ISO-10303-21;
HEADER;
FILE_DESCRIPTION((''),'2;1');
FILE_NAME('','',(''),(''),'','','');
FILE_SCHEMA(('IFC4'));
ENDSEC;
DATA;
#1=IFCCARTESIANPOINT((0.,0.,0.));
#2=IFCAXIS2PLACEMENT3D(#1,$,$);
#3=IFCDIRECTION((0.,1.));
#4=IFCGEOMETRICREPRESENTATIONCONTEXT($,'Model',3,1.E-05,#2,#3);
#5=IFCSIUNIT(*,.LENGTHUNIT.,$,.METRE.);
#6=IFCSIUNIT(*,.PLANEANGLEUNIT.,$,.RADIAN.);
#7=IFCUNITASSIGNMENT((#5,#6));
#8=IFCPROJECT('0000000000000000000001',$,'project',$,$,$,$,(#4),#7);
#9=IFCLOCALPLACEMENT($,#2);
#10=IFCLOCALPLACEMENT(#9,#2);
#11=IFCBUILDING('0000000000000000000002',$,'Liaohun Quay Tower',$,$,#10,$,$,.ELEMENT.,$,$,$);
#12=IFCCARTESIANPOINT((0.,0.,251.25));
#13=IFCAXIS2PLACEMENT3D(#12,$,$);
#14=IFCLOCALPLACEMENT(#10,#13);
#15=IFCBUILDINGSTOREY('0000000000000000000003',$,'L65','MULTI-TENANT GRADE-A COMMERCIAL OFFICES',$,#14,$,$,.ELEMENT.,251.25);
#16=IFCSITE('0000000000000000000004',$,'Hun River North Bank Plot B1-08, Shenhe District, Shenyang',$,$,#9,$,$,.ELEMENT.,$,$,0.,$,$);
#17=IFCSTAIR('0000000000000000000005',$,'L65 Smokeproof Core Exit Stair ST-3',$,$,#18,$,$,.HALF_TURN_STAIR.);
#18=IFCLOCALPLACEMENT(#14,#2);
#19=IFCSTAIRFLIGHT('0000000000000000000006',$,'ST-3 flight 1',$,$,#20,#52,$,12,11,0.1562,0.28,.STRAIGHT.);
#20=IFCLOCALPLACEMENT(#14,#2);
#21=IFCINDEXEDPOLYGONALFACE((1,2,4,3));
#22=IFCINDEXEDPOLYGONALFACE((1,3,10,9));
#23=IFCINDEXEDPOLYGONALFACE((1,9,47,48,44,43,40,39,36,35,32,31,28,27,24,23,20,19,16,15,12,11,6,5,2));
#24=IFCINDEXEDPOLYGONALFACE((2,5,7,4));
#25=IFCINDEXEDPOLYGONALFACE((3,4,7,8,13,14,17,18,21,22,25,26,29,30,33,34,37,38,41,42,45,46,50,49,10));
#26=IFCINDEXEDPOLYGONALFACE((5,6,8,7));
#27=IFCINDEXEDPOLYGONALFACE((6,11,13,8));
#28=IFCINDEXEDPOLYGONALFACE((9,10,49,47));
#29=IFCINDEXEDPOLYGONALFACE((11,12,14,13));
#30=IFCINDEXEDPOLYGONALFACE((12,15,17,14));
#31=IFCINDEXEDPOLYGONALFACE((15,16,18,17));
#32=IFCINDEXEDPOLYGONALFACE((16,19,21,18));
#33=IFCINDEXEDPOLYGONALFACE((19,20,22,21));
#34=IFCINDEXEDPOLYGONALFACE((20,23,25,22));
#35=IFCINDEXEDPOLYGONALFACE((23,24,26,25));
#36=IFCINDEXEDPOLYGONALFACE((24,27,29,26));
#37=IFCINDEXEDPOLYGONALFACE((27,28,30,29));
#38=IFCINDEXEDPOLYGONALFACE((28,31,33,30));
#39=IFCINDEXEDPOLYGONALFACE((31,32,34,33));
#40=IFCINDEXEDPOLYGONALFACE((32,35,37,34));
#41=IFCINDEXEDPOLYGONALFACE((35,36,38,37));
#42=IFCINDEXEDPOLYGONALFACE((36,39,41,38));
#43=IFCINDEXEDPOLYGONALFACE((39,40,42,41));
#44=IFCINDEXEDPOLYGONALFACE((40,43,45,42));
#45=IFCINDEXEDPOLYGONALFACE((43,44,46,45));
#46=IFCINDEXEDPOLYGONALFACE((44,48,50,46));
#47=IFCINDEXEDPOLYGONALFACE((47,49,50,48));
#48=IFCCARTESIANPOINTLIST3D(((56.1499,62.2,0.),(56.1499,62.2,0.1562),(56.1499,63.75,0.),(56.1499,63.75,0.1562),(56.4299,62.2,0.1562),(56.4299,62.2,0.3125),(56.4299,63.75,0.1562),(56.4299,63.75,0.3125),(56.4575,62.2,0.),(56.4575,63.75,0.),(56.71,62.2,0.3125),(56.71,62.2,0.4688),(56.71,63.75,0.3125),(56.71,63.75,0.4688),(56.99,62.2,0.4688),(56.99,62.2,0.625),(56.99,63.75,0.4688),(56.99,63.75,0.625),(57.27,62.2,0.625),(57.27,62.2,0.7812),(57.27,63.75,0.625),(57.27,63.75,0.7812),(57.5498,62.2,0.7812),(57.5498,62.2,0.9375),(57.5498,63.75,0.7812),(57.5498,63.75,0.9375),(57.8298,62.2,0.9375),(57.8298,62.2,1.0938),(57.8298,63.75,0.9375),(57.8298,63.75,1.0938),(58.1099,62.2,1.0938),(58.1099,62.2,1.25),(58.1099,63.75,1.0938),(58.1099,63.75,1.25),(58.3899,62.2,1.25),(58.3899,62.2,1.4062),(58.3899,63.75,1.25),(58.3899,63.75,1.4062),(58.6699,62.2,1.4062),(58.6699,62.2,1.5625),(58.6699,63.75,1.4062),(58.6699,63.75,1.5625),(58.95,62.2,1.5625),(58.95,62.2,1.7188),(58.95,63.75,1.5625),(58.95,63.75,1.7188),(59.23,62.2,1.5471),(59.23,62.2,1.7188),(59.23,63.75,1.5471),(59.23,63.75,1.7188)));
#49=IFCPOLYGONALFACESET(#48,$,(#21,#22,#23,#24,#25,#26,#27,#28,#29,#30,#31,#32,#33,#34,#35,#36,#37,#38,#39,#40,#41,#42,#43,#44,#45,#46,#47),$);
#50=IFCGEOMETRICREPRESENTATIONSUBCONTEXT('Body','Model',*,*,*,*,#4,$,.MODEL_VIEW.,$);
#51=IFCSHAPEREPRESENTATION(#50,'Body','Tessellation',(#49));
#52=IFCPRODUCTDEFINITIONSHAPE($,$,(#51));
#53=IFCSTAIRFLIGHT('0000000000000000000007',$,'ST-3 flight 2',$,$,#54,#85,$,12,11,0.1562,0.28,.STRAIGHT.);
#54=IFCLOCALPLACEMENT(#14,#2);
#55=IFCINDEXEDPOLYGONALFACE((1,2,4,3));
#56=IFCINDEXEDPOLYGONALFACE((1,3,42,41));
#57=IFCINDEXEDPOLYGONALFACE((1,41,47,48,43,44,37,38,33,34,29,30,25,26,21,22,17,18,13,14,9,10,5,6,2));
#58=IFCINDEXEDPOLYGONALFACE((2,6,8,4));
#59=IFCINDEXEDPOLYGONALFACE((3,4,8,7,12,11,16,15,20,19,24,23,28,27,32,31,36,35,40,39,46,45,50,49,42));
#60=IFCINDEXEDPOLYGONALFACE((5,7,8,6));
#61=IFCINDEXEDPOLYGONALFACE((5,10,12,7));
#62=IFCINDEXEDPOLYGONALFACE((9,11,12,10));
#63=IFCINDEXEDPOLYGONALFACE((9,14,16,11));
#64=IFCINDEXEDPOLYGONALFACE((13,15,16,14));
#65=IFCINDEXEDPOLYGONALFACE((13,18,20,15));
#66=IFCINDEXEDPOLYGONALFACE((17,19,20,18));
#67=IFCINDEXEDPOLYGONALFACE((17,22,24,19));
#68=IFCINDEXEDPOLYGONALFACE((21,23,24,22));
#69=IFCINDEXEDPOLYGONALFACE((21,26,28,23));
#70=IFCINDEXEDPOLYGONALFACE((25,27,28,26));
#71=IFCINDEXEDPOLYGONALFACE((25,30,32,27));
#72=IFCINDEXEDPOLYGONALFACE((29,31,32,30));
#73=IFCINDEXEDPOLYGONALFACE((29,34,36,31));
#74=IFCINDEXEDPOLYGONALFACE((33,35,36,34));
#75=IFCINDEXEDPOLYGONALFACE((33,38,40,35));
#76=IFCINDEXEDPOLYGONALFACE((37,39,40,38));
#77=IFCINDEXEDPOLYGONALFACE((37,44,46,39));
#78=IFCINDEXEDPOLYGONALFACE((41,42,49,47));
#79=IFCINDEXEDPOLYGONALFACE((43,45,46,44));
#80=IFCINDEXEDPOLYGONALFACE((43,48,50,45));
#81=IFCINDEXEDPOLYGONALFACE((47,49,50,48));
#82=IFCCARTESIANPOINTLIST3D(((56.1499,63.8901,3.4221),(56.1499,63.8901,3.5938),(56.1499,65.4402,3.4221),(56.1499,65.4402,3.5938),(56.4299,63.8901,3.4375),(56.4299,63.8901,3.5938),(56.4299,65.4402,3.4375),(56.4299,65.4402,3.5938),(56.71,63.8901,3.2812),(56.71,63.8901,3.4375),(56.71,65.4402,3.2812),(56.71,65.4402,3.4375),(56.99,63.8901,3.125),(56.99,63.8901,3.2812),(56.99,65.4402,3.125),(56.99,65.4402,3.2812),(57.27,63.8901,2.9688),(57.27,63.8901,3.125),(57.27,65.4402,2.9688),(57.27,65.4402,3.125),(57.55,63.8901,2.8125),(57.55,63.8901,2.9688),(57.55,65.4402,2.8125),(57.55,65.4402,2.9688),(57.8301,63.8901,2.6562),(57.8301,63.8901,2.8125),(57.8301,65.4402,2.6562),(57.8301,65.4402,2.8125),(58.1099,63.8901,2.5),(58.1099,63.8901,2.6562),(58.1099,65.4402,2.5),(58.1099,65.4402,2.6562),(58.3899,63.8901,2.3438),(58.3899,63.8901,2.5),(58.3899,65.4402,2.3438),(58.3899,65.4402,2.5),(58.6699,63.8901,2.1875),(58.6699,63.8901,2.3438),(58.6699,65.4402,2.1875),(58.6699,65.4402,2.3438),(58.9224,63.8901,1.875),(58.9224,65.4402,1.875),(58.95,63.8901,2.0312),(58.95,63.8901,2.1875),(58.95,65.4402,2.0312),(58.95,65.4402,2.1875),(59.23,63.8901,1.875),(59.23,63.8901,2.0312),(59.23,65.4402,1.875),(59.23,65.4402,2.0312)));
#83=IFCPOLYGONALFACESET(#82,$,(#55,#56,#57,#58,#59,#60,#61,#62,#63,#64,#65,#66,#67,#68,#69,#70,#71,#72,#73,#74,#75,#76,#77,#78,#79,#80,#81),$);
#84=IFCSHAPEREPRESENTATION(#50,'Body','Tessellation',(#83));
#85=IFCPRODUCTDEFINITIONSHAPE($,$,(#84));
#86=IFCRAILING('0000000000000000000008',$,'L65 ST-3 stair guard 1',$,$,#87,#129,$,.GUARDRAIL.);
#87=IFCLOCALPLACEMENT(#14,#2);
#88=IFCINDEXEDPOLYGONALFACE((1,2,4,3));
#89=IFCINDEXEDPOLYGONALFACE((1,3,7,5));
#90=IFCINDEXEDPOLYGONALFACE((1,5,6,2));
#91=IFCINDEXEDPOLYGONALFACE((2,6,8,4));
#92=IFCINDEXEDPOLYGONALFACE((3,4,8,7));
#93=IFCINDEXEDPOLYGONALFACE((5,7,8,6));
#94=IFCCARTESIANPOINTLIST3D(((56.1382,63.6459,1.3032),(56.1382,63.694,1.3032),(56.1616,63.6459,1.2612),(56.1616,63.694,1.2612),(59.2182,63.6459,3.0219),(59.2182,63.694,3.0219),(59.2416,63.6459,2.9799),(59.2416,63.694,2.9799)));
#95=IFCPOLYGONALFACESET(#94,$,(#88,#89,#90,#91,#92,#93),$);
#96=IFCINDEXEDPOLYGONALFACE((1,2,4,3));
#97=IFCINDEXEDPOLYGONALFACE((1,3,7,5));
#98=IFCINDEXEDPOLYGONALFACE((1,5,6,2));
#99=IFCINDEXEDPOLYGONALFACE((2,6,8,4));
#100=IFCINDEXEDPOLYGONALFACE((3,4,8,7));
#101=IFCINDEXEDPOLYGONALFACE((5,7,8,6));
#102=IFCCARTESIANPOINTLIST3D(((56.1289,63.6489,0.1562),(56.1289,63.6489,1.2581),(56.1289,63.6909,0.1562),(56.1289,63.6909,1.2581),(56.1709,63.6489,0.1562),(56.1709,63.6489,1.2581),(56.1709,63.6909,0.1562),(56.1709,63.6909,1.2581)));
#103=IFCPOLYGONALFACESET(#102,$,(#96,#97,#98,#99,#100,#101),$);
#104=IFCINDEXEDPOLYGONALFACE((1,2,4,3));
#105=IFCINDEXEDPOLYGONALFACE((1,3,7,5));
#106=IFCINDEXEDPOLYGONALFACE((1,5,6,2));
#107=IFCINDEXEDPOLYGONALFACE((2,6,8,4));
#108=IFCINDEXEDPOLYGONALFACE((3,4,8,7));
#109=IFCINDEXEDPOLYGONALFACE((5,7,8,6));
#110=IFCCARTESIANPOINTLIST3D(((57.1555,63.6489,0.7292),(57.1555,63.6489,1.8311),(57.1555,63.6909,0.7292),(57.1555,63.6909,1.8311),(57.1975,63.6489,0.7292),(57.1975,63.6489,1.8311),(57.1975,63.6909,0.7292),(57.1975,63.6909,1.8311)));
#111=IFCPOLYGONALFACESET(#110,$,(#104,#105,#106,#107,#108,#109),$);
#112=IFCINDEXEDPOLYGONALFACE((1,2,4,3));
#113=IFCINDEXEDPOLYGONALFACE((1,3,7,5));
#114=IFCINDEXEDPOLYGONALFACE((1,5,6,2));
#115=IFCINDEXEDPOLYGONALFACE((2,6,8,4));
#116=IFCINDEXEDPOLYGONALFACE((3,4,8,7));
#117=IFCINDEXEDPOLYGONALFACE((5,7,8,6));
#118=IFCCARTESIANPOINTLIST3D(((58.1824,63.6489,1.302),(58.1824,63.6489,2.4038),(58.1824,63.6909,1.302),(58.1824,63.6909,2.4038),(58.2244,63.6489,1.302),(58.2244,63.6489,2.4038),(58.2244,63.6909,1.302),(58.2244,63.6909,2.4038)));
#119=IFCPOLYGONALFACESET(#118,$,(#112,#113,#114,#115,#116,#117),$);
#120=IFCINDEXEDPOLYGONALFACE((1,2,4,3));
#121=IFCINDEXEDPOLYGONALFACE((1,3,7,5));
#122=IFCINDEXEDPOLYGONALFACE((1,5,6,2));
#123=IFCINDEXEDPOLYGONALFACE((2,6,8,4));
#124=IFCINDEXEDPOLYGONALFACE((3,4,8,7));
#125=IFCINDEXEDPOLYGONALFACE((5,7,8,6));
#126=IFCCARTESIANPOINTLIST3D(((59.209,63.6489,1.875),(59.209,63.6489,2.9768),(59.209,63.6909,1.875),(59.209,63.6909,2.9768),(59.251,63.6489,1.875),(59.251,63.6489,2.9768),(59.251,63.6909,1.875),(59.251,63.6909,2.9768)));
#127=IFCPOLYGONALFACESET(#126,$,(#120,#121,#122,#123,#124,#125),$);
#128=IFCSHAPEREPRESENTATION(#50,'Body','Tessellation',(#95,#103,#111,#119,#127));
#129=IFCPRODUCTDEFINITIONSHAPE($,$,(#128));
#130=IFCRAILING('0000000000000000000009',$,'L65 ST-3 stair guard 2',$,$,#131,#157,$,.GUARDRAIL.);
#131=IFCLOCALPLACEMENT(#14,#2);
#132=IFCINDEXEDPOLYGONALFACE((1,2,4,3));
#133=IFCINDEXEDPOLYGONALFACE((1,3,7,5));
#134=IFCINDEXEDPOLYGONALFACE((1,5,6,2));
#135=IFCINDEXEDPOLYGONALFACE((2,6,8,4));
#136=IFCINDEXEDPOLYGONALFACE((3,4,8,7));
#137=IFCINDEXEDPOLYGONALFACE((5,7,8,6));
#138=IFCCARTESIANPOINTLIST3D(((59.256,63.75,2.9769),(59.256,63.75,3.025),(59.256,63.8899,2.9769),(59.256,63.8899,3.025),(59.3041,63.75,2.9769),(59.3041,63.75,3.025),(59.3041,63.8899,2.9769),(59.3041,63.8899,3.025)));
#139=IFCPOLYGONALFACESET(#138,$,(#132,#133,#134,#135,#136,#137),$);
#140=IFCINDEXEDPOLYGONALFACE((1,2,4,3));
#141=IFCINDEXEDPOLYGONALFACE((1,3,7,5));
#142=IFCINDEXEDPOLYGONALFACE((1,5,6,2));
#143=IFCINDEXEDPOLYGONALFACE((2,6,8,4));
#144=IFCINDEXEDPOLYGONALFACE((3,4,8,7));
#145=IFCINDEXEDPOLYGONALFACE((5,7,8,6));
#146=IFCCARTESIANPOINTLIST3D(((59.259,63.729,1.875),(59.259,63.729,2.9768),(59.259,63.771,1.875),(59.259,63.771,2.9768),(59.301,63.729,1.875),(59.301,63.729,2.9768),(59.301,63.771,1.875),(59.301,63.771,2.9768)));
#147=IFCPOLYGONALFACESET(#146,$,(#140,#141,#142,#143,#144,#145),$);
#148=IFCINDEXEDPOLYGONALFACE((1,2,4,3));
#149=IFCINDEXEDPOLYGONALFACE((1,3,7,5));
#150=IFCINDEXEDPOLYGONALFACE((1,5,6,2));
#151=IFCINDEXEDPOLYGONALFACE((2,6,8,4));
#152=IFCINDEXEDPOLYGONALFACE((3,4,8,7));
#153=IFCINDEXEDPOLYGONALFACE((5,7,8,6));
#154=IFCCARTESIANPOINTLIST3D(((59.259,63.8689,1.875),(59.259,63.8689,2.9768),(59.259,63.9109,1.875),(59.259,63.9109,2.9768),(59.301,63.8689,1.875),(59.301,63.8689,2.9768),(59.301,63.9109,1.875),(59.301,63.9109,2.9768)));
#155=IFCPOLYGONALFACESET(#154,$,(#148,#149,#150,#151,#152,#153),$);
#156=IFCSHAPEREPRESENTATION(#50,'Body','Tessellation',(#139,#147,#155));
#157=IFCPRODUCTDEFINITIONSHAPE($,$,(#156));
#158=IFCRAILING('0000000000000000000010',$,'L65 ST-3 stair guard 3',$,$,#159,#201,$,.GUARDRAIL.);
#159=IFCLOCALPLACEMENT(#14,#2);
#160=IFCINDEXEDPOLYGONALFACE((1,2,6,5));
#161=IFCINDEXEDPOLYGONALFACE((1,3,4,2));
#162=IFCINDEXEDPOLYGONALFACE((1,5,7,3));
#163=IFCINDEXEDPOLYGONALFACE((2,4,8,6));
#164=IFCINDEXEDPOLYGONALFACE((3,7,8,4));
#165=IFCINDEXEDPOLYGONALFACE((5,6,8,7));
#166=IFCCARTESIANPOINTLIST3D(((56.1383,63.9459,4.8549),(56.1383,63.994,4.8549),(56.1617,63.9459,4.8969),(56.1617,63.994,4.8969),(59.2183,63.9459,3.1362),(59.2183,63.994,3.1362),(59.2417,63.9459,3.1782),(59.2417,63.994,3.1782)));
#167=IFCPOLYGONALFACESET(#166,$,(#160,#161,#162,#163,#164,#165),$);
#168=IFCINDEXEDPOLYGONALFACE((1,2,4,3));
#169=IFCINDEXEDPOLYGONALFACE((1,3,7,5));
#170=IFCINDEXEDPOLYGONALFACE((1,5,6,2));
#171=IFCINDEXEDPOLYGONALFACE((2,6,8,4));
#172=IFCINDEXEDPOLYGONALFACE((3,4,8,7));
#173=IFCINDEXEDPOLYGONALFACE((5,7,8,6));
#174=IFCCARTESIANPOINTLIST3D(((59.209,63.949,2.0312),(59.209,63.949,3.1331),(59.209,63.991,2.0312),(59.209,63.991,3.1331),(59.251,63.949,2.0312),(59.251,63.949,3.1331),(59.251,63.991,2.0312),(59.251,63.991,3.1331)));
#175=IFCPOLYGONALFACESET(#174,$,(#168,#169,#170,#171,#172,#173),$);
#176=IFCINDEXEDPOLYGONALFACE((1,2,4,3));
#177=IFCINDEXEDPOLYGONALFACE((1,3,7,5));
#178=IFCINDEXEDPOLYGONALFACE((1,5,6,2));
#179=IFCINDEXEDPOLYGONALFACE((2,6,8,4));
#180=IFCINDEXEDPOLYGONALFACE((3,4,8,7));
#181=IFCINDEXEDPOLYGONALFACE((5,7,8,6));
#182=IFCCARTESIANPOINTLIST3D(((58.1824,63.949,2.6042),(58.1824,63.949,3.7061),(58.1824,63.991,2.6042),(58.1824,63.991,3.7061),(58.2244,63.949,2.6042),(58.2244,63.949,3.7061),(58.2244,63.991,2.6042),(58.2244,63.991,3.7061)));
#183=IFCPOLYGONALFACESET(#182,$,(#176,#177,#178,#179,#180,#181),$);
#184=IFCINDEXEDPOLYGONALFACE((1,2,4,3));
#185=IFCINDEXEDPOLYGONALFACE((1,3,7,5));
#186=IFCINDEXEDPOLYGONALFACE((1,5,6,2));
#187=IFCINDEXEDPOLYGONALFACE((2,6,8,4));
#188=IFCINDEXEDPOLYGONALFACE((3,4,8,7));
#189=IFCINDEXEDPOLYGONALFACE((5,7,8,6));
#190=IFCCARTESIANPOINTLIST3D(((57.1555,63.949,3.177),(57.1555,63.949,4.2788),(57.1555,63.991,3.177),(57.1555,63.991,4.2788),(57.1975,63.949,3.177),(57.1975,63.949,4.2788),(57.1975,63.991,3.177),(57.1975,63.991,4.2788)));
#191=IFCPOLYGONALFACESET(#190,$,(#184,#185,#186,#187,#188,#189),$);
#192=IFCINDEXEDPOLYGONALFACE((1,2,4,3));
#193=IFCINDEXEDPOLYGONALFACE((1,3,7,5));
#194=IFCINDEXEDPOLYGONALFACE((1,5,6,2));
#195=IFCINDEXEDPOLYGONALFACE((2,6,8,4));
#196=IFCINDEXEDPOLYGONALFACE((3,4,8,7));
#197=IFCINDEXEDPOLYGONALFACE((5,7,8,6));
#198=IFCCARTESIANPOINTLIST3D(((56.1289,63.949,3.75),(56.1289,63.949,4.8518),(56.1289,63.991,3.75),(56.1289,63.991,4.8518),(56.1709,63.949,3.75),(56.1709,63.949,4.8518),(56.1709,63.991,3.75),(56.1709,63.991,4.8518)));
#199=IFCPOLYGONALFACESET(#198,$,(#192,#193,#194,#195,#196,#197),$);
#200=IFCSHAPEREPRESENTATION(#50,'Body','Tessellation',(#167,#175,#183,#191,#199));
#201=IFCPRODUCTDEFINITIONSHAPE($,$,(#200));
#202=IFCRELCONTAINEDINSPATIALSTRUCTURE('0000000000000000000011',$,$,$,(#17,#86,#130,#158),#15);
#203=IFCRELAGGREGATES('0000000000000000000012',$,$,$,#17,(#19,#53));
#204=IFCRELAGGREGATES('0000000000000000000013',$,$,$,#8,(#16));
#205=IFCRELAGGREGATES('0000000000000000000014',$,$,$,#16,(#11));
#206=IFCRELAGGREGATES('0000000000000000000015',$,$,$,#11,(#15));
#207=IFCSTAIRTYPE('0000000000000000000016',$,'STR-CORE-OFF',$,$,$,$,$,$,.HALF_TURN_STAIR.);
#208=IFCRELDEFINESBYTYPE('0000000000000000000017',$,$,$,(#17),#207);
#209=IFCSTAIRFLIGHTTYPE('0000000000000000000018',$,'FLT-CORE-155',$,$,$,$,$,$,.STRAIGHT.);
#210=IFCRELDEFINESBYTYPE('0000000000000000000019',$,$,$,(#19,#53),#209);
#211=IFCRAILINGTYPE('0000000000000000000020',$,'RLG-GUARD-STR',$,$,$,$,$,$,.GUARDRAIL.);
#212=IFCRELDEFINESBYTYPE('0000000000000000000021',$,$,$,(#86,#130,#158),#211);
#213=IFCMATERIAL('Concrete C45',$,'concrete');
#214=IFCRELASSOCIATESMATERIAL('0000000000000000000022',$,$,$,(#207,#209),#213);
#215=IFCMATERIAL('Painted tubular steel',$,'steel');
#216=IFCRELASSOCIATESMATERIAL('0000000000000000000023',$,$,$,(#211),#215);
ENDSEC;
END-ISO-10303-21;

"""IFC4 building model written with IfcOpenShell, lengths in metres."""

from ifc_helpers import new_model, si_unit, direction, frame, origin, origin_2d, place, context, subcontext, project, spatial, polyline, rectangle, outline, extrude, material, type_object, element, aggregate, save


model = new_model("IFC4")

# Units and contexts
model_context = context("Model", 3, precision=1e-05, world=origin(), true_north=direction((0.0, 1.0)))
body_context = subcontext(model_context, "Body", "Model", "MODEL_VIEW")
ifc_project = project(units=[si_unit("LENGTHUNIT", "METRE"), si_unit("PLANEANGLEUNIT", "RADIAN")], contexts=[model_context])

# Site, building, storey
site_placement = place(None, origin())
site = spatial("IfcSite", under=ifc_project, at=site_placement, Name="Hun River North Bank Plot B1-08, Shenhe District, Shenyang", CompositionType="ELEMENT", RefElevation=0.0)
building_placement = place(site_placement, origin())
building = spatial("IfcBuilding", under=site, at=building_placement, Name="Liaohun Quay Tower", CompositionType="ELEMENT")
storey_placement = place(building_placement, frame((0.0, 0.0, 251.25)))
storey = spatial("IfcBuildingStorey", under=building, at=storey_placement, Name="L65", Description="MULTI-TENANT GRADE-A COMMERCIAL OFFICES", CompositionType="ELEMENT", Elevation=251.25)

# Stair, stair flights
ifc_material_1 = material(Name="Concrete C45", Category="concrete")
stair_type = type_object("IfcStairType", Name="STR-CORE-OFF", PredefinedType="HALF_TURN_STAIR", material=ifc_material_1)
stair_placement = place(storey_placement, origin())
stair = element("IfcStair", 1, at=stair_placement, inside=storey, type_object=stair_type, Name="L65 Smokeproof Core Exit Stair ST-3", PredefinedType="HALF_TURN_STAIR")
stair_flight_type = type_object("IfcStairFlightType", Name="FLT-CORE-155", PredefinedType="STRAIGHT", material=ifc_material_1)
stair_flight_1_placement = place(storey_placement, frame((56.1499, 62.9751, 0.0), z_axis=(0.0, 0.0, 1.0), x_axis=(1.0, 0.0, 0.0)))
stair_flight_1 = element("IfcStairFlight", 2, at=stair_flight_1_placement, type_object=stair_flight_type, Name="ST-3 flight 1", NumberOfRisers=12, NumberOfTreads=11, PredefinedType="STRAIGHT", RiserHeight=0.1562, TreadLength=0.28, context=body_context, shape_type="SweptSolid", body=[
    extrude(outline(polyline([(0.0, 0.0), (0.0, 0.1562), (0.28, 0.1562), (0.28, 0.3125), (0.5601, 0.3125), (0.5601, 0.4688), (0.8401, 0.4688), (0.8401, 0.625), (1.1201, 0.625), (1.1201, 0.7812), (1.3999, 0.7812), (1.3999, 0.9375), (1.6799, 0.9375), (1.6799, 1.0938), (1.96, 1.0938), (1.96, 1.25), (2.24, 1.25), (2.24, 1.4062), (2.52, 1.4062), (2.52, 1.5625), (2.8, 1.5625), (2.8, 1.7188), (3.0801, 1.7188), (3.0801, 1.875), (3.0801, 1.5471), (0.3076, 0.0), (0.0, 0.0)])), frame((0.0, 0.7749, 0.0), z_axis=(0.0, -1.0, 0.0), x_axis=(1.0, 0.0, 0.0)), (0.0, 0.0, 1.0), 1.55),
])
stair_flight_2_placement = place(storey_placement, frame((59.23, 64.665, 1.875), z_axis=(0.0, 0.0, 1.0), x_axis=(-1.0, 0.0, 0.0)))
stair_flight_2 = element("IfcStairFlight", 3, at=stair_flight_2_placement, type_object=stair_flight_type, Name="ST-3 flight 2", NumberOfRisers=12, NumberOfTreads=11, PredefinedType="STRAIGHT", RiserHeight=0.1562, TreadLength=0.28, context=body_context, shape_type="SweptSolid", body=[
    extrude(outline(polyline([(0.0, 0.0), (0.0, 0.1562), (0.28, 0.1562), (0.28, 0.3125), (0.5601, 0.3125), (0.5601, 0.4688), (0.8401, 0.4688), (0.8401, 0.625), (1.1201, 0.625), (1.1201, 0.7812), (1.3999, 0.7812), (1.3999, 0.9375), (1.6799, 0.9375), (1.6799, 1.0938), (1.96, 1.0938), (1.96, 1.25), (2.24, 1.25), (2.24, 1.4062), (2.52, 1.4062), (2.52, 1.5625), (2.8, 1.5625), (2.8, 1.7188), (3.0801, 1.7188), (3.0801, 1.875), (3.0801, 1.5471), (0.3076, 0.0), (0.0, 0.0)])), frame((0.0, 0.7749, 0.0), z_axis=(0.0, -1.0, 0.0), x_axis=(1.0, 0.0, 0.0)), (0.0, 0.0, 1.0), 1.55),
])
aggregate(stair, [stair_flight_1, stair_flight_2])

# Railings
ifc_material_2 = material(Name="Painted tubular steel", Category="steel")
railing_type_1 = type_object("IfcRailingType", Name="RLG-GUARD-STR", PredefinedType="GUARDRAIL", material=ifc_material_2)
railing_1_placement = place(storey_placement, frame((56.1499, 63.6699, 0.1562)))
element("IfcRailing", 4, at=railing_1_placement, inside=storey, type_object=railing_type_1, Name="L65 ST-3 stair guard 1", PredefinedType="GUARDRAIL", context=body_context, shape_type="SweptSolid", body=[
    extrude(rectangle(XDim=0.0481, YDim=0.0481, at=origin_2d()), frame((0.0, 0.0, 1.126), z_axis=(0.873242, 0.0, 0.487288), x_axis=(0.0, 1.0, 0.0)), (0.0, 0.0, 1.0), 3.5271),
    extrude(rectangle(XDim=0.042, YDim=0.042, at=origin_2d()), origin(), (0.0, 0.0, 1.0), 1.1018),
    extrude(rectangle(XDim=0.042, YDim=0.042, at=origin_2d()), frame((1.0266, 0.0, 0.573)), (0.0, 0.0, 1.0), 1.1018),
    extrude(rectangle(XDim=0.042, YDim=0.042, at=origin_2d()), frame((2.0535, 0.0, 1.1458)), (0.0, 0.0, 1.0), 1.1018),
    extrude(rectangle(XDim=0.042, YDim=0.042, at=origin_2d()), frame((3.0801, 0.0, 1.7188)), (0.0, 0.0, 1.0), 1.1018),
])
railing_2_placement = place(storey_placement, frame((59.28, 63.75, 1.875)))
element("IfcRailing", 5, at=railing_2_placement, inside=storey, type_object=railing_type_1, Name="L65 ST-3 stair guard 2", PredefinedType="GUARDRAIL", context=body_context, shape_type="SweptSolid", body=[
    extrude(rectangle(XDim=0.0481, YDim=0.0481, at=origin_2d()), frame((0.0, 0.0, 1.126), z_axis=(0.0, 1.0, 0.0), x_axis=(-1.0, 0.0, 0.0)), (0.0, 0.0, 1.0), 0.1399),
    extrude(rectangle(XDim=0.042, YDim=0.042, at=origin_2d()), origin(), (0.0, 0.0, 1.0), 1.1018),
    extrude(rectangle(XDim=0.042, YDim=0.042, at=origin_2d()), frame((0.0, 0.1399, 0.0)), (0.0, 0.0, 1.0), 1.1018),
])
railing_3_placement = place(storey_placement, frame((59.23, 63.97, 2.0312)))
element("IfcRailing", 6, at=railing_3_placement, inside=storey, type_object=railing_type_1, Name="L65 ST-3 stair guard 3", PredefinedType="GUARDRAIL", context=body_context, shape_type="SweptSolid", body=[
    extrude(rectangle(XDim=0.0481, YDim=0.0481, at=origin_2d()), frame((0.0, 0.0, 1.126), z_axis=(-0.873242, 0.0, 0.487288), x_axis=(0.0, -1.0, 0.0)), (0.0, 0.0, 1.0), 3.5271),
    extrude(rectangle(XDim=0.042, YDim=0.042, at=origin_2d()), origin(), (0.0, 0.0, 1.0), 1.1018),
    extrude(rectangle(XDim=0.042, YDim=0.042, at=origin_2d()), frame((-1.0266, 0.0, 0.573)), (0.0, 0.0, 1.0), 1.1018),
    extrude(rectangle(XDim=0.042, YDim=0.042, at=origin_2d()), frame((-2.0535, 0.0, 1.1458)), (0.0, 0.0, 1.0), 1.1018),
    extrude(rectangle(XDim=0.042, YDim=0.042, at=origin_2d()), frame((-3.0801, 0.0, 1.7188)), (0.0, 0.0, 1.0), 1.1018),
])

save(model, "model.ifc")
